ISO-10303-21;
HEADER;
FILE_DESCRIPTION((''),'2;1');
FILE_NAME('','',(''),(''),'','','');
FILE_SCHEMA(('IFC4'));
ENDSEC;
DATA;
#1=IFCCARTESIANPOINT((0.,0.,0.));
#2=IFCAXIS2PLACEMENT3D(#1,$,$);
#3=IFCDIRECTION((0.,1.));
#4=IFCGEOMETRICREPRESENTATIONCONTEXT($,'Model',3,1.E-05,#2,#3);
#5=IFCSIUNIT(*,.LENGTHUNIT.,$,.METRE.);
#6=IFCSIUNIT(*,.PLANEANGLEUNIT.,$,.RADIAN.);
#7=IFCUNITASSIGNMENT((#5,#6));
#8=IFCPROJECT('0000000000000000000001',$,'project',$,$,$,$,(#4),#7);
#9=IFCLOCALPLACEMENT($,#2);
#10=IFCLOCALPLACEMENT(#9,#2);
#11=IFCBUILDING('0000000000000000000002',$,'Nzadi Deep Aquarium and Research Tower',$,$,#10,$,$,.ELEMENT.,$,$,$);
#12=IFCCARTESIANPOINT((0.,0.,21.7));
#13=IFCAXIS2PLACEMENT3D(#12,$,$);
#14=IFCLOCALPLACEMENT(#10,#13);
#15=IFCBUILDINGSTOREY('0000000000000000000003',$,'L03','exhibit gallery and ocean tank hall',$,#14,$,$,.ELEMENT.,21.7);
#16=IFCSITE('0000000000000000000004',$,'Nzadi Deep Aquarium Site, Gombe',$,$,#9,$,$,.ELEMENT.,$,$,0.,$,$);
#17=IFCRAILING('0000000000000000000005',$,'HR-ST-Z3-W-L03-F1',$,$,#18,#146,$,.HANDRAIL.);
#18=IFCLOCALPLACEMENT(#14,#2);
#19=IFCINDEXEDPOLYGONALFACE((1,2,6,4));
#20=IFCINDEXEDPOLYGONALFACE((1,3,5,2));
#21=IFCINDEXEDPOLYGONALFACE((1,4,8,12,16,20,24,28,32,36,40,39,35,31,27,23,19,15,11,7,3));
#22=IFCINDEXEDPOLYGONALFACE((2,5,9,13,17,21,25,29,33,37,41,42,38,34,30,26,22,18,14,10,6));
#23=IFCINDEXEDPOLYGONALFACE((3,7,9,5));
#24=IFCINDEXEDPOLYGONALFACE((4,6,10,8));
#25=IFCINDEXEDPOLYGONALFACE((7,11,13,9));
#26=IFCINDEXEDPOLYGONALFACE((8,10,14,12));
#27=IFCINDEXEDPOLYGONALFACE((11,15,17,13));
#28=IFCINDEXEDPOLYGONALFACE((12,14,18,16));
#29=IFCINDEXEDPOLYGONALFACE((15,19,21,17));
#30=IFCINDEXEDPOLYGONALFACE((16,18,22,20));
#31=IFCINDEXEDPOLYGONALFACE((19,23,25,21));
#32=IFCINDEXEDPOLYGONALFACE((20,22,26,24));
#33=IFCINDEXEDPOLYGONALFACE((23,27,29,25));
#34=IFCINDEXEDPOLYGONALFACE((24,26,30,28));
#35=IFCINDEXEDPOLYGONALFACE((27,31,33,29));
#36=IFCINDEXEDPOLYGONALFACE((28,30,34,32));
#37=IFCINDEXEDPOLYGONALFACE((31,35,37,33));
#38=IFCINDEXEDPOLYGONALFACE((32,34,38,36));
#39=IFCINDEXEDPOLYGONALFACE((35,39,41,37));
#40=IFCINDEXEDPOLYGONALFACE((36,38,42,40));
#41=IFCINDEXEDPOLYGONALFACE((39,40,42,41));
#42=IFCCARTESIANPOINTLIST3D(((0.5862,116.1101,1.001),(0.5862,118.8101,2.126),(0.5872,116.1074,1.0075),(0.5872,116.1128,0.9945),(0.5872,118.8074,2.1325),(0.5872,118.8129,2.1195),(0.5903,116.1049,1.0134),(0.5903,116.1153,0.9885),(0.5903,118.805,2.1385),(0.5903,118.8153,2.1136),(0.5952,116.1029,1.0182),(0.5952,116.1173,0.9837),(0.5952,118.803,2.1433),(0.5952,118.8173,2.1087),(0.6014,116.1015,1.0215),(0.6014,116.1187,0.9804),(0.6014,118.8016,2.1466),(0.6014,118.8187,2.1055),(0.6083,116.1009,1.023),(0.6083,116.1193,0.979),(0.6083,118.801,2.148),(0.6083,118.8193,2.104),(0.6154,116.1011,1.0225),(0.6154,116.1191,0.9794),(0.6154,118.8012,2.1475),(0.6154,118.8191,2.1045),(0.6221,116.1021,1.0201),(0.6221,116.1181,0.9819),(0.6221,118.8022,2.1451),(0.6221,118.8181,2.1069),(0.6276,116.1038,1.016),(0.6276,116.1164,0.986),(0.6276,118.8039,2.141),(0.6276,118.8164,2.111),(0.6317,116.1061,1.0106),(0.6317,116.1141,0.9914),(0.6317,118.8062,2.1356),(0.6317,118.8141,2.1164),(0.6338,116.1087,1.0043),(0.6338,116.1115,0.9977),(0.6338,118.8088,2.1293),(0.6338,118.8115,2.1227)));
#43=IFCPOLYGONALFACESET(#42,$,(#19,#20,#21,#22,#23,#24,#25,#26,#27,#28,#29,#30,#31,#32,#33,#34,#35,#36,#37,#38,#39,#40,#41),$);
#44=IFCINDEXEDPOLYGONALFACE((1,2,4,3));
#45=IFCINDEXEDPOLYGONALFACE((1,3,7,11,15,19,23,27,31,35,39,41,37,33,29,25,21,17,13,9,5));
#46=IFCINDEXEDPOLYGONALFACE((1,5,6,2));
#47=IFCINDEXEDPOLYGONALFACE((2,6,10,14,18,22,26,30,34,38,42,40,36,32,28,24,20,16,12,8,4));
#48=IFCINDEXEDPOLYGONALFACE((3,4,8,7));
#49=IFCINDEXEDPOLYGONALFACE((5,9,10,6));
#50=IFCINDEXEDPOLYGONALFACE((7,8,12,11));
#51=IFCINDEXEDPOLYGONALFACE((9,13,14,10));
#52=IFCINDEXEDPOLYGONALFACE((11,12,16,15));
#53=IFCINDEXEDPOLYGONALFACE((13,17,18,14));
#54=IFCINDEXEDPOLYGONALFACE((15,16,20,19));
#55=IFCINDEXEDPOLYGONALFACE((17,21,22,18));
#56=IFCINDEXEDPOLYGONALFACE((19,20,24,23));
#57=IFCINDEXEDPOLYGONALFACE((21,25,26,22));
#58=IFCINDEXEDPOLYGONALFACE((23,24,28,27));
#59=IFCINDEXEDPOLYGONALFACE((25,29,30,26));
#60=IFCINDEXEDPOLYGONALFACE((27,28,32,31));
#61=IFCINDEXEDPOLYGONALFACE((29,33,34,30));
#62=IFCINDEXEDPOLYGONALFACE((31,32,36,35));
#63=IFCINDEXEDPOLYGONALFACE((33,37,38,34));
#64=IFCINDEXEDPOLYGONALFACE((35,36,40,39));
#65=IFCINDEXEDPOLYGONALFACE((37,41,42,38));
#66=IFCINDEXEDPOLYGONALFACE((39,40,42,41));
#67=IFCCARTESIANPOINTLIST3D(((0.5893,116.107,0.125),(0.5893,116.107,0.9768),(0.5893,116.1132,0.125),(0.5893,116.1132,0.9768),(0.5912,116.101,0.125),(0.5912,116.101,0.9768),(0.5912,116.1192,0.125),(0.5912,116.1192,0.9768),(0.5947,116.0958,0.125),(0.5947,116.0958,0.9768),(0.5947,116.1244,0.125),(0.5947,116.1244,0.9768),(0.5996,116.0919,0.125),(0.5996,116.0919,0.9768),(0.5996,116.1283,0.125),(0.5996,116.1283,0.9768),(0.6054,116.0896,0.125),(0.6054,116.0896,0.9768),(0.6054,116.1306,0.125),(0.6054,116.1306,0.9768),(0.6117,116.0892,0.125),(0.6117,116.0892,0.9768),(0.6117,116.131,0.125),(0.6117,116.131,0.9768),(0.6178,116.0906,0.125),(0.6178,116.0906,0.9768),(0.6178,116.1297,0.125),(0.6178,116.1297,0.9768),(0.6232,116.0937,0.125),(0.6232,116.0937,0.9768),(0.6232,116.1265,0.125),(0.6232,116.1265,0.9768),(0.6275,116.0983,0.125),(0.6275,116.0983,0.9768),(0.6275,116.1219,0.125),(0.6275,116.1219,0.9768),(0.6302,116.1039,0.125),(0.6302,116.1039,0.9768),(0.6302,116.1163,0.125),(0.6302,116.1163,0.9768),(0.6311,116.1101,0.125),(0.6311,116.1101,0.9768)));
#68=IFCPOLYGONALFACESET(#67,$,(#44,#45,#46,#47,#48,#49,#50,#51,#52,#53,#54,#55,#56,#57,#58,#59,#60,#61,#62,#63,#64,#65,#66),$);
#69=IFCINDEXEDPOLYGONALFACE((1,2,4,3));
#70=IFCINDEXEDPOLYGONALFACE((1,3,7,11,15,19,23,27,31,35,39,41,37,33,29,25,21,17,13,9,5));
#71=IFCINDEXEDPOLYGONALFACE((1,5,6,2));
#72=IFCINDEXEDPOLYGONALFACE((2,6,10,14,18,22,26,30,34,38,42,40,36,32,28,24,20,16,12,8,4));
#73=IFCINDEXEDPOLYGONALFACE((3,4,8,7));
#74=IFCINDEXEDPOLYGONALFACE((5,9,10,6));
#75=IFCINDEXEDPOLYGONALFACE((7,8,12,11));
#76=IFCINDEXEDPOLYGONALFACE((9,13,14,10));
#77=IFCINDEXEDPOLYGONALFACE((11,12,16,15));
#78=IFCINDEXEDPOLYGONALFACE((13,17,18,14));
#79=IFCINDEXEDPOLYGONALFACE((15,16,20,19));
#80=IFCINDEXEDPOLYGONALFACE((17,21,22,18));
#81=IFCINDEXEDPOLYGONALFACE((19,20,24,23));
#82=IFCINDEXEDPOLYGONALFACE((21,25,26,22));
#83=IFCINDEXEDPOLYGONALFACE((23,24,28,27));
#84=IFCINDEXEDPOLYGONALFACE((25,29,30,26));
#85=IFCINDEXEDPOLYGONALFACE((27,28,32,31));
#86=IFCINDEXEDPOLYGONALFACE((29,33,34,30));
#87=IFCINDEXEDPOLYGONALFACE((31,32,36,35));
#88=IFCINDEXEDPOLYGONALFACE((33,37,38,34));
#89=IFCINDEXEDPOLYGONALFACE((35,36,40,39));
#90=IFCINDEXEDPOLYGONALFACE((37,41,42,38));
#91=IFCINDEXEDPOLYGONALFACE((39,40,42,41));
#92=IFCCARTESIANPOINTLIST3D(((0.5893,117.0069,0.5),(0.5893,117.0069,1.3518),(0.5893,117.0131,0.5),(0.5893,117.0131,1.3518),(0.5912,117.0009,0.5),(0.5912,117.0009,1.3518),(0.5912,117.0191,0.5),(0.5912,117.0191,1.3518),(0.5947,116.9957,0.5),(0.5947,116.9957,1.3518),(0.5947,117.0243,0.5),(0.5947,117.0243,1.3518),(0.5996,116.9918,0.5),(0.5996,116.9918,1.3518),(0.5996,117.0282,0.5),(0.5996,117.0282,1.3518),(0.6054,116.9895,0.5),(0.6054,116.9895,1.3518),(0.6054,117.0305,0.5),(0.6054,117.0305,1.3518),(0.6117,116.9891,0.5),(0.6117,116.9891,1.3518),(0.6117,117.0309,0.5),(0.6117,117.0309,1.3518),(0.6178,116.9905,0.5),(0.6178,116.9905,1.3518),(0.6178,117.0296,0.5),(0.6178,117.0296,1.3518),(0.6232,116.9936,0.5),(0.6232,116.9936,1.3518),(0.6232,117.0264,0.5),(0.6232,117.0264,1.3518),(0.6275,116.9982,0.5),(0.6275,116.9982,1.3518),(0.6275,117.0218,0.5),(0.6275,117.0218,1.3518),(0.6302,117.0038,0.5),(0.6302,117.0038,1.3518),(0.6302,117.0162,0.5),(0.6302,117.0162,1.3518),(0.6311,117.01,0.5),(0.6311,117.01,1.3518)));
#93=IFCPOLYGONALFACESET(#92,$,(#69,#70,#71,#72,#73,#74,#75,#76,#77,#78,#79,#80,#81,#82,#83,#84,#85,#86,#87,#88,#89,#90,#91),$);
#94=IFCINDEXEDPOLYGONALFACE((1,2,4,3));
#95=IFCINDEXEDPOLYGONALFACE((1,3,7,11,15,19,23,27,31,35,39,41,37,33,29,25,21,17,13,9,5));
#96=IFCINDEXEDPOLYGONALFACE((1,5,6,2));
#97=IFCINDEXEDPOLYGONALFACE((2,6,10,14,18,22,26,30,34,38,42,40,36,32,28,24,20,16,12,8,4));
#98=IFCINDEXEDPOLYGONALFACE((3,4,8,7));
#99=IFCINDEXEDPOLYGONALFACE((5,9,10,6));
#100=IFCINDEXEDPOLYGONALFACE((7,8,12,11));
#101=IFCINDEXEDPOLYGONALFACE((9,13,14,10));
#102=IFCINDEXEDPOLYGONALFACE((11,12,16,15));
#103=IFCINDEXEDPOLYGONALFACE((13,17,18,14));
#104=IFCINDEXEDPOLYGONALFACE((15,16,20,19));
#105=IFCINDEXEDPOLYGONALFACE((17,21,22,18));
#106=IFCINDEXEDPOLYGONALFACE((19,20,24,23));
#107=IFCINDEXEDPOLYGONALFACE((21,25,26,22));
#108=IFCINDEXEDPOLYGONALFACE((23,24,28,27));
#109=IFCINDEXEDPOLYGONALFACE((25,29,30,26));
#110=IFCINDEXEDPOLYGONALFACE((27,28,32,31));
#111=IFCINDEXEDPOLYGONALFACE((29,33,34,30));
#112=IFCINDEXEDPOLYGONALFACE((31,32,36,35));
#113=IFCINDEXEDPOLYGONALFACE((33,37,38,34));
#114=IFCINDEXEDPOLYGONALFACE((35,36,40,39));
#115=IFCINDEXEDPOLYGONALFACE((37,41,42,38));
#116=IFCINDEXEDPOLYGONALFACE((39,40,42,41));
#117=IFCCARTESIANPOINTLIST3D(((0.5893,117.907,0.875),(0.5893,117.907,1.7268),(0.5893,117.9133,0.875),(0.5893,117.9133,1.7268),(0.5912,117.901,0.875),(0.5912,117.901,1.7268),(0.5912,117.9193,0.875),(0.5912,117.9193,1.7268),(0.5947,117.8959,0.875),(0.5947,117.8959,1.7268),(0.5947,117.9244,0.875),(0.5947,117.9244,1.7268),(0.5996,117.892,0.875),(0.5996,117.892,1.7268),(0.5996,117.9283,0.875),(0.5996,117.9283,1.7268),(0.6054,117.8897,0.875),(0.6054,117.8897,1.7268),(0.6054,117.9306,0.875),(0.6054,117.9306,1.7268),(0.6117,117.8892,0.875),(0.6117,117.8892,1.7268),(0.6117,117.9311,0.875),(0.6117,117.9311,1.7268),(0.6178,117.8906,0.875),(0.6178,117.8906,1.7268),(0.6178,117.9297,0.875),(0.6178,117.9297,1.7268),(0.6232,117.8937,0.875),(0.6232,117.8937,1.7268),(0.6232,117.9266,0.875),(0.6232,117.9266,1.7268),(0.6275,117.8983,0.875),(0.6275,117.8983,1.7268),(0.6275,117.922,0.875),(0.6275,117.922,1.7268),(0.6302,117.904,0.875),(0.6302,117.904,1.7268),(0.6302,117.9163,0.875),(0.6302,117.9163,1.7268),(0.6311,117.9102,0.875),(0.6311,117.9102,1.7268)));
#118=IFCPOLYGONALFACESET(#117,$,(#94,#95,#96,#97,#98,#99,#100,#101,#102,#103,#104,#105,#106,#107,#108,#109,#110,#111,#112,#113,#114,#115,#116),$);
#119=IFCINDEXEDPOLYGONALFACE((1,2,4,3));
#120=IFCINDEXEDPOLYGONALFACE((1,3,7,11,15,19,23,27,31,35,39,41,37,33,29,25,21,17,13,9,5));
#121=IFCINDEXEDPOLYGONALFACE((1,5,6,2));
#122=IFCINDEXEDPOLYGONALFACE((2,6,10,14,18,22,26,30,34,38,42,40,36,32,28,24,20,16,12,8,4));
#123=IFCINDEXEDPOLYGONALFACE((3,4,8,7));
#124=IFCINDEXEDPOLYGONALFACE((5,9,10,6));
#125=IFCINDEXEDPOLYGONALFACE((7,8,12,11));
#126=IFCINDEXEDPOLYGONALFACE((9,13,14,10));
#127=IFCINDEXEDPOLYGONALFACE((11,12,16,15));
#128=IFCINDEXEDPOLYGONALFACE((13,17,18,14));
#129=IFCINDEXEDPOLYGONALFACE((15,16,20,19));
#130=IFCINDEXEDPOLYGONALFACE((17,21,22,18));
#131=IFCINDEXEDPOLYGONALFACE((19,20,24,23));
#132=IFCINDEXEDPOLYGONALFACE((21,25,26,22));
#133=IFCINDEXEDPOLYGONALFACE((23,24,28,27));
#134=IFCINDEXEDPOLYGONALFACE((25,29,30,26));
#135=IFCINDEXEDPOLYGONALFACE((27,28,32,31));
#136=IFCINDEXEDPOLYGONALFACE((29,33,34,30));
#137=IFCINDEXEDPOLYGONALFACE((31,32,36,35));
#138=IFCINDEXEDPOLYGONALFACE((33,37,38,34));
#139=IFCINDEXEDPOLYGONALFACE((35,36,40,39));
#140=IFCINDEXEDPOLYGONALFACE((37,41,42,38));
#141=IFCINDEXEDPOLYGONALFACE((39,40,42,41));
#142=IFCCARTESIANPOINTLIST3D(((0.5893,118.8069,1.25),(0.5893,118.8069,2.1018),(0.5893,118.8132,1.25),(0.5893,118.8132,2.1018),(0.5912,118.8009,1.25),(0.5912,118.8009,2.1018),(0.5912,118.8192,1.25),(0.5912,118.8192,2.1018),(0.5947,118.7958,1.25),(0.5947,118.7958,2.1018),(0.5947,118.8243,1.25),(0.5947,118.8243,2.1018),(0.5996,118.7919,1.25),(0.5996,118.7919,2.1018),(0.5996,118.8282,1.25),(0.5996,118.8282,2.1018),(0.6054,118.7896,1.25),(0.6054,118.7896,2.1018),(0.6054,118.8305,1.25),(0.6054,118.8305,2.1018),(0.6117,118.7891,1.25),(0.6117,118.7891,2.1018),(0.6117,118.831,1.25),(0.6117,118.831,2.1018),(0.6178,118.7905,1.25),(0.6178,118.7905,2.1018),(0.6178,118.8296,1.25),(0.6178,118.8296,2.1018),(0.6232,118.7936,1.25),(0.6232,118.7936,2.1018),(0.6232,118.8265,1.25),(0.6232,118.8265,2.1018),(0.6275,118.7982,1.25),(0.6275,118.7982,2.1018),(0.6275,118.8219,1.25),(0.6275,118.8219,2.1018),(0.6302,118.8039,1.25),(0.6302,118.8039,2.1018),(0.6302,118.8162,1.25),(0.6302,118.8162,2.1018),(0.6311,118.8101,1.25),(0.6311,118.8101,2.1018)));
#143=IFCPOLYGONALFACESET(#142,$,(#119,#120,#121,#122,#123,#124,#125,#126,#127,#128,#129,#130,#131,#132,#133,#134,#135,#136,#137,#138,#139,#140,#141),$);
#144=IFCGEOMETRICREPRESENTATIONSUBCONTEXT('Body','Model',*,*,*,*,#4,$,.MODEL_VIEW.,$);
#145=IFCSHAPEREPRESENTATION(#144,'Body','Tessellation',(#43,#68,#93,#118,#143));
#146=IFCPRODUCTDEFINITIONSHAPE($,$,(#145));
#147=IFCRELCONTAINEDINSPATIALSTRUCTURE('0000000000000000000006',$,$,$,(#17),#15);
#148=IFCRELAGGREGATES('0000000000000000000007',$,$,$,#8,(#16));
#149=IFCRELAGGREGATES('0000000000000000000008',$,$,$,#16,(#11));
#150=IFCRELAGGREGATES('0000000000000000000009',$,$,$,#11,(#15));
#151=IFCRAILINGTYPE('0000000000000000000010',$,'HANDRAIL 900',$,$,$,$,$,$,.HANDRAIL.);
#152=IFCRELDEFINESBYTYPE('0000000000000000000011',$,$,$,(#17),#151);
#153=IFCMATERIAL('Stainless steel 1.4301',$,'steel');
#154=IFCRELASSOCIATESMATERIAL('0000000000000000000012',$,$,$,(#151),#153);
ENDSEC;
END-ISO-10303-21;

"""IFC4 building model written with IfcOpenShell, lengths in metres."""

from ifc_helpers import new_model, si_unit, direction, frame, origin, origin_2d, place, context, subcontext, project, spatial, circle, extrude, material, type_object, element, save


model = new_model("IFC4")

# Units and contexts
model_context = context("Model", 3, precision=1e-05, world=origin(), true_north=direction((0.0, 1.0)))
body_context = subcontext(model_context, "Body", "Model", "MODEL_VIEW")
ifc_project = project(units=[si_unit("LENGTHUNIT", "METRE"), si_unit("PLANEANGLEUNIT", "RADIAN")], contexts=[model_context])

# Site, building, storey
site_placement = place(None, origin())
site = spatial("IfcSite", under=ifc_project, at=site_placement, Name="Nzadi Deep Aquarium Site, Gombe", CompositionType="ELEMENT", RefElevation=0.0)
building_placement = place(site_placement, origin())
building = spatial("IfcBuilding", under=site, at=building_placement, Name="Nzadi Deep Aquarium and Research Tower", CompositionType="ELEMENT")
storey_placement = place(building_placement, frame((0.0, 0.0, 21.7)))
storey = spatial("IfcBuildingStorey", under=building, at=storey_placement, Name="L03", Description="exhibit gallery and ocean tank hall", CompositionType="ELEMENT", Elevation=21.7)

# Railing
ifc_material_1 = material(Name="Stainless steel 1.4301", Category="steel")
railing_type = type_object("IfcRailingType", Name="HANDRAIL 900", PredefinedType="HANDRAIL", material=ifc_material_1)
for number, where, name in (
    (1, (0.6101, 116.1101, 0.125), "HR-ST-Z3-W-L03-F1"),
):
    element("IfcRailing", number, at=place(storey_placement, frame(where)), inside=storey, type_object=railing_type, Name=name, PredefinedType="HANDRAIL", context=body_context, shape_type="SweptSolid", body=[
        extrude(circle(Radius=0.0239, at=origin_2d()), frame((0.0, 0.0, 0.876), z_axis=(0.0, 0.923074, 0.384621), x_axis=(-1.0, 0.0, 0.0)), (0.0, 0.0, 1.0), 2.925),
        extrude(circle(Radius=0.021, at=origin_2d()), origin(), (0.0, 0.0, 1.0), 0.8518),
        extrude(circle(Radius=0.021, at=origin_2d()), frame((0.0, 0.8999, 0.375)), (0.0, 0.0, 1.0), 0.8518),
        extrude(circle(Radius=0.021, at=origin_2d()), frame((0.0, 1.8, 0.75)), (0.0, 0.0, 1.0), 0.8518),
        extrude(circle(Radius=0.021, at=origin_2d()), frame((0.0, 2.7, 1.125)), (0.0, 0.0, 1.0), 0.8518),
    ])

save(model, "model.ifc")
